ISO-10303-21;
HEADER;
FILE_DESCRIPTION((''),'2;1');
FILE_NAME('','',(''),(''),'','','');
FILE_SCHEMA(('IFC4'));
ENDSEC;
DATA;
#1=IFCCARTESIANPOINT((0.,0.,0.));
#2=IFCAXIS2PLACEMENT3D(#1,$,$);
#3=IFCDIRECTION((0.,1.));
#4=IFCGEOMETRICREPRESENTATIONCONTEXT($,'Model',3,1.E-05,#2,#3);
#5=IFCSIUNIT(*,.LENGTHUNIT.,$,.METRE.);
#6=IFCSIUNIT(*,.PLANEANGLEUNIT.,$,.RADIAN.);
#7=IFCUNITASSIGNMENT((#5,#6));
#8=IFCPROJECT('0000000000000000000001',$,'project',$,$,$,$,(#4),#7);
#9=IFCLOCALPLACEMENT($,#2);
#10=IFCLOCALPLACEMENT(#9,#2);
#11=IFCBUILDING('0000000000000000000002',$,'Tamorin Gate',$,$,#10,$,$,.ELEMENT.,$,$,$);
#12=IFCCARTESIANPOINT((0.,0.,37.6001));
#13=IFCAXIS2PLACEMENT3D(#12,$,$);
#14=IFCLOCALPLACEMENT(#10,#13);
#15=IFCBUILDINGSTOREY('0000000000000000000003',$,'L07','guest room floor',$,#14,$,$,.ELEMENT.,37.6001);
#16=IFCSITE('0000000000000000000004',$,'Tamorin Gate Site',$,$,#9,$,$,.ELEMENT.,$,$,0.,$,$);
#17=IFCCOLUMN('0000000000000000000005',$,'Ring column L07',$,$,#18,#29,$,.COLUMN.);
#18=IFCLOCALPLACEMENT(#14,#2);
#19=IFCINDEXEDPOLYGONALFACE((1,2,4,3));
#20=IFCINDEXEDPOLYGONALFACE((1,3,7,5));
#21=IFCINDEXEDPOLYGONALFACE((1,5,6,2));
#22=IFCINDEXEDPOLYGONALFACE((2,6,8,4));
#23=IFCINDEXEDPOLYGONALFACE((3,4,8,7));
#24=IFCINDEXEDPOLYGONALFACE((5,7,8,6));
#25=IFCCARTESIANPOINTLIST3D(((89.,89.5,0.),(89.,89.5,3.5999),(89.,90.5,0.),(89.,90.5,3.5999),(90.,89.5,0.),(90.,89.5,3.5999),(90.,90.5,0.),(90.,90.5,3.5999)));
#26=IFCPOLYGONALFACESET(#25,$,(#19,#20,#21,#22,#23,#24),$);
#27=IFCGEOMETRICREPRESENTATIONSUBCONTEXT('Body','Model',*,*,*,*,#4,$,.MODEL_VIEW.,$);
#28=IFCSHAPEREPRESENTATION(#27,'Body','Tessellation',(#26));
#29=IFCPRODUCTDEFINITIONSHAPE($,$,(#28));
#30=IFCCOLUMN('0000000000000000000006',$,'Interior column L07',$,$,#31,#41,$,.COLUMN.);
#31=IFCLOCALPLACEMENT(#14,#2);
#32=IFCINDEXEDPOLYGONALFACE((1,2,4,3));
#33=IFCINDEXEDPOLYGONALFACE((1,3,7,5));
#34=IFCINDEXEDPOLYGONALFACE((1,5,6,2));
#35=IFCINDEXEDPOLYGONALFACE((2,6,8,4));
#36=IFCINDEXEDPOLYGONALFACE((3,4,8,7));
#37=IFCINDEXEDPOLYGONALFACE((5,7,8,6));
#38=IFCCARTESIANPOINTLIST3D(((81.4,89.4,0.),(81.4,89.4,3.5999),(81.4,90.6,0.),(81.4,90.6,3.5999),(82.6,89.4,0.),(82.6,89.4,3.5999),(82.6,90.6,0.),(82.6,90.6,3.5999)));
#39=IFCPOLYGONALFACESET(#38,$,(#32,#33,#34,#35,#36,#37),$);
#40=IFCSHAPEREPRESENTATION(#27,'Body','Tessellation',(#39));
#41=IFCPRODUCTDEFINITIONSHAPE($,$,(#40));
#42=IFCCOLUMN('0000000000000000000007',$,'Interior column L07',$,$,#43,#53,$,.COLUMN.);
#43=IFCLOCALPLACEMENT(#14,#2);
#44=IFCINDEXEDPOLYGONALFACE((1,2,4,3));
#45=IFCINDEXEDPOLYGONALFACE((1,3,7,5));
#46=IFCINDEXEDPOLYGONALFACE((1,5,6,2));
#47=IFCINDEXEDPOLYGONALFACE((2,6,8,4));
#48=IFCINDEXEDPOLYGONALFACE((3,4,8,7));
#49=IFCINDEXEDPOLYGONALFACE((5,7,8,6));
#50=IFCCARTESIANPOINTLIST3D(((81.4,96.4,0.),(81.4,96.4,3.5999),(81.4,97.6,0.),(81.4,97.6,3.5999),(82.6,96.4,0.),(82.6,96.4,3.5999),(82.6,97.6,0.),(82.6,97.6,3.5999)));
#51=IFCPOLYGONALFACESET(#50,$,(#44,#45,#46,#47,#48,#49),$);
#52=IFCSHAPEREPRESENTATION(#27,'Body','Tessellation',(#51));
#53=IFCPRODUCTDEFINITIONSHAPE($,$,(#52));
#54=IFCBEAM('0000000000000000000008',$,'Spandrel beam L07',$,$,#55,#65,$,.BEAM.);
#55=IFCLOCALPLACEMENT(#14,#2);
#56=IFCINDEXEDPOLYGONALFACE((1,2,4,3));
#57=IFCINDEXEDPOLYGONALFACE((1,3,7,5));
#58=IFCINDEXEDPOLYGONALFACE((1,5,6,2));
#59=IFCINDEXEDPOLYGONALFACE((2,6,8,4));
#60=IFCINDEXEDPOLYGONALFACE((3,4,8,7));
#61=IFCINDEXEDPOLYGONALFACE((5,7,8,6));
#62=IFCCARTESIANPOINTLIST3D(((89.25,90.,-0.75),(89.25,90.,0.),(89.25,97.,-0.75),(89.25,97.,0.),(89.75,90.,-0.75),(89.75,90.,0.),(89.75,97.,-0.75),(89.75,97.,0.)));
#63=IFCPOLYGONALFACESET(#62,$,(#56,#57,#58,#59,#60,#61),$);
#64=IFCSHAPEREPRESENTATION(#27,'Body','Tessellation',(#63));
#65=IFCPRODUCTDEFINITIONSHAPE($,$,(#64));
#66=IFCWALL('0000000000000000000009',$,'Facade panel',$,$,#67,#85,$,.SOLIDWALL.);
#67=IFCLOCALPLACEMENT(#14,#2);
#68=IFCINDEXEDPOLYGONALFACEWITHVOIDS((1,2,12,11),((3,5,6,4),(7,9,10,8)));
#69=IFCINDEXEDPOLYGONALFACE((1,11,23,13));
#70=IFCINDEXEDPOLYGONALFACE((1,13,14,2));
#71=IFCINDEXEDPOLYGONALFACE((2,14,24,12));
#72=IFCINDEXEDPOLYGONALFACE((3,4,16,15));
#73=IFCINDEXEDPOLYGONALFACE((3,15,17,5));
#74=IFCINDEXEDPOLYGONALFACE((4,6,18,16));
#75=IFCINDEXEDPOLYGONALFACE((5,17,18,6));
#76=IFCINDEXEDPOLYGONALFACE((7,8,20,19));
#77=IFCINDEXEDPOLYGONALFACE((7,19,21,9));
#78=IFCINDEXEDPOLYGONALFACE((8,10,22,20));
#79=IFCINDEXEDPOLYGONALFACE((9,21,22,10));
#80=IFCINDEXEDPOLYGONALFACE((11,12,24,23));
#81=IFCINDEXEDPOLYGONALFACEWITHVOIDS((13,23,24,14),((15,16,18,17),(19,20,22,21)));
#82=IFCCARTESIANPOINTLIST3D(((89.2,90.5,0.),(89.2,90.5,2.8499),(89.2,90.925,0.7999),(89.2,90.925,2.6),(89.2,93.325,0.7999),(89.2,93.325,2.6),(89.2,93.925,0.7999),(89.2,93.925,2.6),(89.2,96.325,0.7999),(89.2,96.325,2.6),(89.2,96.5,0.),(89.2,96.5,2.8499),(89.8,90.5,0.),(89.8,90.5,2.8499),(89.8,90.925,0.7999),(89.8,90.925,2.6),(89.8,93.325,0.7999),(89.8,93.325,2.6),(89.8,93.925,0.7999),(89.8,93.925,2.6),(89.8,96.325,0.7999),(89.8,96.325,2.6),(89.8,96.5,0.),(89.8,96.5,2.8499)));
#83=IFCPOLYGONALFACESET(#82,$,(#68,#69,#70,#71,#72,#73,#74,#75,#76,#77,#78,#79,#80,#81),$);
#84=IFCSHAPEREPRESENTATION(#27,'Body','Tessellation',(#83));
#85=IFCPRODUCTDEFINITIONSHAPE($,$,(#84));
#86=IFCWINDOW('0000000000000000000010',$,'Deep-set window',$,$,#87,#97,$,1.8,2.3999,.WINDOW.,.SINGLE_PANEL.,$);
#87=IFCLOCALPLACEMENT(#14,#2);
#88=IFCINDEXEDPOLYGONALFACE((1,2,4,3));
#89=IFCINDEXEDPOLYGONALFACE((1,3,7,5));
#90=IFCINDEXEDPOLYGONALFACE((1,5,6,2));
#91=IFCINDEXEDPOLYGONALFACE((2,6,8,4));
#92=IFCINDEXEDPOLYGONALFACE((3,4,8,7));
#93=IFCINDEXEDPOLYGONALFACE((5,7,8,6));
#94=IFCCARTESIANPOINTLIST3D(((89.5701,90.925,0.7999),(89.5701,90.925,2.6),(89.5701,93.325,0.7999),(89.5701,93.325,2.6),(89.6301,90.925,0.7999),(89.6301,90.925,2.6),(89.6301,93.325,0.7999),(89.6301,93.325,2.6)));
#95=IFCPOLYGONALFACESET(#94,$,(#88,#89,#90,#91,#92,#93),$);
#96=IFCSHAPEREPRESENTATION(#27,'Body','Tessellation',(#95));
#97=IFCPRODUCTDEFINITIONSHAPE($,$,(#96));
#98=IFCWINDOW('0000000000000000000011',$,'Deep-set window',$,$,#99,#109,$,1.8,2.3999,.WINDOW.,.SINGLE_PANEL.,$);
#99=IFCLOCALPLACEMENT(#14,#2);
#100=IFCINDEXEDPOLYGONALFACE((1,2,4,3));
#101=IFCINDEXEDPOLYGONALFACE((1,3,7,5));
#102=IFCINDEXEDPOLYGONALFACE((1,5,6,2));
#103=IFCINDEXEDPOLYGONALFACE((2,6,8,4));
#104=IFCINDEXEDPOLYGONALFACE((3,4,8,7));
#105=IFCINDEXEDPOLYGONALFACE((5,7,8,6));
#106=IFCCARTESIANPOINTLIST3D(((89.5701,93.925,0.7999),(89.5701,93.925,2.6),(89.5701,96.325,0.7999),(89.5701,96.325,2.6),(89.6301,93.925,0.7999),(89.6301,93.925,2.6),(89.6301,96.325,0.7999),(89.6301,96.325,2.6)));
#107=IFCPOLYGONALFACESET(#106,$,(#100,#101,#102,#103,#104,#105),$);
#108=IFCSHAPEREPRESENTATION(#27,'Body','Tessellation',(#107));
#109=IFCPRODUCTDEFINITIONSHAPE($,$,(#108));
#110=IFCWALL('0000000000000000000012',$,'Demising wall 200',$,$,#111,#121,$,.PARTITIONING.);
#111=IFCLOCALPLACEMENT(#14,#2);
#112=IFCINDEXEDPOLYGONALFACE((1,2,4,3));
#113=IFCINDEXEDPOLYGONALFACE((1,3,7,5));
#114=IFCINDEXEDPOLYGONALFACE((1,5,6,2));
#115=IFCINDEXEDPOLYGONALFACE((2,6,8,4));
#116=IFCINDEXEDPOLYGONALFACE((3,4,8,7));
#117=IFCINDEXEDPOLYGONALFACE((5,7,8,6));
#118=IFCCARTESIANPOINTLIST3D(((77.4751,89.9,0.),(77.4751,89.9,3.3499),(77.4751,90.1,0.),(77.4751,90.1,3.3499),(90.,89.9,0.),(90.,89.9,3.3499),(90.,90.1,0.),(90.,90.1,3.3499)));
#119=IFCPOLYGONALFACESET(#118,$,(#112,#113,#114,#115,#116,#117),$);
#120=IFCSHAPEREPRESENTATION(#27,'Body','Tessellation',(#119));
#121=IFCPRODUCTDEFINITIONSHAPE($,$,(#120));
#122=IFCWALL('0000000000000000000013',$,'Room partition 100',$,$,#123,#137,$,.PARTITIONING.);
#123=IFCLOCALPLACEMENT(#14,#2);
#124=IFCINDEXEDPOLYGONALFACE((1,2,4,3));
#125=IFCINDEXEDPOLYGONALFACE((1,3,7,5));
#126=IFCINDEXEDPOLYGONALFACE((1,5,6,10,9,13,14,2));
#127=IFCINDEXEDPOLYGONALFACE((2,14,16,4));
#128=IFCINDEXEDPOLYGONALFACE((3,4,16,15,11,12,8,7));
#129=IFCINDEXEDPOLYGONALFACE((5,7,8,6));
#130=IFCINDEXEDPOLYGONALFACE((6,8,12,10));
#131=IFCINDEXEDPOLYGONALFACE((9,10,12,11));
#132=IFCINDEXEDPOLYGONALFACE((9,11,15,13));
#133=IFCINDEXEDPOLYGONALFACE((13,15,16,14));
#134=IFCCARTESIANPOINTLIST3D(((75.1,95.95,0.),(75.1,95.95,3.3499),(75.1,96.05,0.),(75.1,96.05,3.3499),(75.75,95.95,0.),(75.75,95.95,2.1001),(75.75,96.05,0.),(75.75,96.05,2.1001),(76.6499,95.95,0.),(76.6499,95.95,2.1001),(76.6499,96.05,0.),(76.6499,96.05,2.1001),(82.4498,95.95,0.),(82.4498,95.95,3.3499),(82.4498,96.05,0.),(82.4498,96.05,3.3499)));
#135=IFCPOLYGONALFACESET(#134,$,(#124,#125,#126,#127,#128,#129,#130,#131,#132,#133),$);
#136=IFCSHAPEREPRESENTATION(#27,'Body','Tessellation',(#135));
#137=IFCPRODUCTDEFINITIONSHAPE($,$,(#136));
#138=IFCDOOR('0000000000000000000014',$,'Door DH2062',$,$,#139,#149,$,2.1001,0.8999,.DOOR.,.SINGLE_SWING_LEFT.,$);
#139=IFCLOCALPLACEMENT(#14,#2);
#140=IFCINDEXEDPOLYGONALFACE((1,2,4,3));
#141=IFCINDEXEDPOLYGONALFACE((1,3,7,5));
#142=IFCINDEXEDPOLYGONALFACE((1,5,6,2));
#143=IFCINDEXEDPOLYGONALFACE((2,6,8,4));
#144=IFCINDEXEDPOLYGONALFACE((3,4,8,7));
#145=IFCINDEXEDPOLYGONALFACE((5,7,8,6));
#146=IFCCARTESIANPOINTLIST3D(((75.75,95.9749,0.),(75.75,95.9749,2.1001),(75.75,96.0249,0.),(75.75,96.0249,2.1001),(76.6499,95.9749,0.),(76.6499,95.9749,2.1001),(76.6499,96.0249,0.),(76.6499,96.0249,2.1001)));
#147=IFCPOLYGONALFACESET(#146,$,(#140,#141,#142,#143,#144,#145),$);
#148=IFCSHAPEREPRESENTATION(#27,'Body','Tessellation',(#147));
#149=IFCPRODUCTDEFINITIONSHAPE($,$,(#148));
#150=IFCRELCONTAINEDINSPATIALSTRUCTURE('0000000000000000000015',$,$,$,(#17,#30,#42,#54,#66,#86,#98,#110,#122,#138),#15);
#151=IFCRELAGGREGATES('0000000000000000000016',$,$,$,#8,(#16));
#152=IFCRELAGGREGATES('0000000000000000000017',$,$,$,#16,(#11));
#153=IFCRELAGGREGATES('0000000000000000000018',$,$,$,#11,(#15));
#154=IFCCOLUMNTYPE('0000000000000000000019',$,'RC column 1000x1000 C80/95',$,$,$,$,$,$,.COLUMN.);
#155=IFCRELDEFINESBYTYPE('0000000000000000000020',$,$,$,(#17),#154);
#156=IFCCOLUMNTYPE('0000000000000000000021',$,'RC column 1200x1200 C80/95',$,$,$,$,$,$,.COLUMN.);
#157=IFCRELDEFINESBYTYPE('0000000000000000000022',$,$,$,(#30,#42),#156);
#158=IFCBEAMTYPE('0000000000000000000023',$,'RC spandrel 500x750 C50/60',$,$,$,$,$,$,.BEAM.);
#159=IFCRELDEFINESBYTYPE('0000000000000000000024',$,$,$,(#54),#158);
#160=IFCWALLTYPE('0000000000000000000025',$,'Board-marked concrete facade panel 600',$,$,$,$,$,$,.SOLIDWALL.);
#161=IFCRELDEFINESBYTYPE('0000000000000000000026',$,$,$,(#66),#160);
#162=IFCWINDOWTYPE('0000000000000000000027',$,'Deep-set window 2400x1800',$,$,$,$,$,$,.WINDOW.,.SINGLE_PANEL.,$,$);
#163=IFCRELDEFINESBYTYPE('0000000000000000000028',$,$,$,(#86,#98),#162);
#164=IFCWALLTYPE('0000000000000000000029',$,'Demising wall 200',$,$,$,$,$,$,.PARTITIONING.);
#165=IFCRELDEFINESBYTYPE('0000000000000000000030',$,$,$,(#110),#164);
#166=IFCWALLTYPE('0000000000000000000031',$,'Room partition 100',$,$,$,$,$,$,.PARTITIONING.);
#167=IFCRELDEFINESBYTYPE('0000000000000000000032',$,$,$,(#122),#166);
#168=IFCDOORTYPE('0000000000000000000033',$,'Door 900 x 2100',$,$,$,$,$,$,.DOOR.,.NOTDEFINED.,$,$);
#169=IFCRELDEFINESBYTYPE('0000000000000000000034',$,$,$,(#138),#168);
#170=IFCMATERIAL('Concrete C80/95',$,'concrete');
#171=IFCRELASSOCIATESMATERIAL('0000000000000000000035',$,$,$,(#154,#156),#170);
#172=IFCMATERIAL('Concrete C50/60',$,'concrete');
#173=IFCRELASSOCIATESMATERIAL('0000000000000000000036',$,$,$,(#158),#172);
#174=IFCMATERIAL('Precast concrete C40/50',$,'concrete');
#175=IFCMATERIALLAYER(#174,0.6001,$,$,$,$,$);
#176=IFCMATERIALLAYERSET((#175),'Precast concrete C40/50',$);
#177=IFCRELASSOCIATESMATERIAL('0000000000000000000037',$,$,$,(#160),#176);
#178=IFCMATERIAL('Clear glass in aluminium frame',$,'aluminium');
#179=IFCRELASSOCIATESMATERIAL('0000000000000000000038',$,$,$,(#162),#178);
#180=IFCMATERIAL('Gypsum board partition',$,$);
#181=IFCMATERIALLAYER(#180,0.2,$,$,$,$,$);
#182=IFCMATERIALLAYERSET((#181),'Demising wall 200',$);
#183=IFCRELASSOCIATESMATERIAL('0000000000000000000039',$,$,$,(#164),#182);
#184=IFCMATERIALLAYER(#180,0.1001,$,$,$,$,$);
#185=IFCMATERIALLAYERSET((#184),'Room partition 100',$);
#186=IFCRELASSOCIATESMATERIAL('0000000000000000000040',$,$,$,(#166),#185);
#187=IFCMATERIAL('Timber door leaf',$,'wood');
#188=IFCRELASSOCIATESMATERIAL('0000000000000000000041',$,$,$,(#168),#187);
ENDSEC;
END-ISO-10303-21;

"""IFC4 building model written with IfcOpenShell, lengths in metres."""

from ifc_helpers import new_model, si_unit, direction, frame, frame_2d, origin, origin_2d, place, context, subcontext, project, spatial, rectangle, extrude, material, layer, layer_set, material_profile, profile_set, type_object, element, fill, save


model = new_model("IFC4")

# Units and contexts
model_context = context("Model", 3, precision=1e-05, world=origin(), true_north=direction((0.0, 1.0)))
body_context = subcontext(model_context, "Body", "Model", "MODEL_VIEW")
ifc_project = project(units=[si_unit("LENGTHUNIT", "METRE"), si_unit("PLANEANGLEUNIT", "RADIAN")], contexts=[model_context])

# Site, building, storey
site_placement = place(None, origin())
site = spatial("IfcSite", under=ifc_project, at=site_placement, Name="Tamorin Gate Site", CompositionType="ELEMENT", RefElevation=0.0)
building_placement = place(site_placement, origin())
building = spatial("IfcBuilding", under=site, at=building_placement, Name="Tamorin Gate", CompositionType="ELEMENT")
storey_placement = place(building_placement, frame((0.0, 0.0, 37.6001)))
storey = spatial("IfcBuildingStorey", under=building, at=storey_placement, Name="L07", Description="guest room floor", CompositionType="ELEMENT", Elevation=37.6001)

# Columns
ifc_material_1 = material(Name="Concrete C80/95", Category="concrete")
ifc_material_profile_1 = material_profile(ifc_material_1, rectangle(XDim=1.0, YDim=1.0, at=origin_2d()), Name="RC 1000x1000")
ifc_profile_set_1 = profile_set([ifc_material_profile_1], Name="Concrete C80/95")
column_type_1 = type_object("IfcColumnType", Name="RC column 1000x1000 C80/95", PredefinedType="COLUMN", material=ifc_profile_set_1)
column_placement = place(storey_placement, frame((89.5, 90.0, 0.0), z_axis=(0.0, 0.0, 1.0), x_axis=(1.0, 0.0, 0.0)))
element("IfcColumn", 1, at=column_placement, inside=storey, type_object=column_type_1, Name="Ring column L07", PredefinedType="COLUMN", context=body_context, shape_type="SweptSolid", body=[
    extrude(rectangle(XDim=1.0, YDim=1.0, at=origin_2d()), origin(), (0.0, 0.0, 1.0), 3.5999),
])
ifc_material_profile_2 = material_profile(ifc_material_1, rectangle(XDim=1.2, YDim=1.2, at=origin_2d()), Name="RC 1200x1200")
ifc_profile_set_2 = profile_set([ifc_material_profile_2], Name="Concrete C80/95")
column_type_2 = type_object("IfcColumnType", Name="RC column 1200x1200 C80/95", PredefinedType="COLUMN", material=ifc_profile_set_2)
for number, where, z_axis, x_axis, name in (
    (2, (82.0, 90.0, 0.0), (0.0, 0.0, 1.0), (1.0, 0.0, 0.0), "Interior column L07"),
    (3, (82.0, 97.0, 0.0), (0.0, 0.0, 1.0), (1.0, 0.0, 0.0), "Interior column L07"),
):
    element("IfcColumn", number, at=place(storey_placement, frame(where, z_axis=z_axis, x_axis=x_axis)), inside=storey, type_object=column_type_2, Name=name, PredefinedType="COLUMN", context=body_context, shape_type="SweptSolid", body=[
        extrude(rectangle(XDim=1.2, YDim=1.2, at=origin_2d()), origin(), (0.0, 0.0, 1.0), 3.5999),
    ])

# Beam
ifc_material_2 = material(Name="Concrete C50/60", Category="concrete")
ifc_material_profile_3 = material_profile(ifc_material_2, rectangle(XDim=0.5, YDim=0.75, at=origin_2d()), Name="RC 500x750")
ifc_profile_set_3 = profile_set([ifc_material_profile_3], Name="Concrete C50/60")
beam_type = type_object("IfcBeamType", Name="RC spandrel 500x750 C50/60", PredefinedType="BEAM", material=ifc_profile_set_3)
beam_placement = place(storey_placement, frame((89.5, 90.0, -0.375), z_axis=(0.0, 1.0, 0.0), x_axis=(-1.0, 0.0, 0.0)))
element("IfcBeam", 4, at=beam_placement, inside=storey, type_object=beam_type, Name="Spandrel beam L07", PredefinedType="BEAM", context=body_context, shape_type="SweptSolid", body=[
    extrude(rectangle(XDim=0.5, YDim=0.75, at=origin_2d()), origin(), (0.0, 0.0, 1.0), 7.0),
])

# Wall, openings, windows
ifc_material_3 = material(Name="Precast concrete C40/50", Category="concrete")
ifc_layer_1 = layer(ifc_material_3, 0.6001)
ifc_layer_set_1 = layer_set([ifc_layer_1], Name="Precast concrete C40/50")
wall_type_1 = type_object("IfcWallType", Name="Board-marked concrete facade panel 600", PredefinedType="SOLIDWALL", material=ifc_layer_set_1)
wall_1_placement = place(storey_placement, frame((89.5, 90.5, 0.0), z_axis=(0.0, 0.0, 1.0), x_axis=(0.0, 1.0, 0.0)))
wall_1 = element("IfcWall", 5, at=wall_1_placement, inside=storey, type_object=wall_type_1, Name="Facade panel", PredefinedType="SOLIDWALL", context=body_context, shape_type="SweptSolid", body=[
    extrude(rectangle(XDim=6.0, YDim=0.6001, at=frame_2d((3.0, 0.0))), origin(), (0.0, 0.0, 1.0), 2.8499),
])
opening_1_placement = place(wall_1_placement, frame((0.425, 0.0, 0.8)))
opening_1 = element("IfcOpeningElement", 6, at=opening_1_placement, cuts=wall_1, PredefinedType="OPENING", context=body_context, shape_type="SweptSolid", body=[
    extrude(rectangle(XDim=2.3999, YDim=1.8, at=frame_2d((1.2, 0.8999))), frame((0.0, 0.3101, 0.0), z_axis=(0.0, -1.0, 0.0), x_axis=(1.0, 0.0, 0.0)), (0.0, 0.0, 1.0), 0.6201),
])
opening_2_placement = place(wall_1_placement, frame((3.425, 0.0, 0.8)))
opening_2 = element("IfcOpeningElement", 7, at=opening_2_placement, cuts=wall_1, PredefinedType="OPENING", context=body_context, shape_type="SweptSolid", body=[
    extrude(rectangle(XDim=2.3999, YDim=1.8, at=frame_2d((1.2, 0.8999))), frame((0.0, 0.3101, 0.0), z_axis=(0.0, -1.0, 0.0), x_axis=(1.0, 0.0, 0.0)), (0.0, 0.0, 1.0), 0.6201),
])
ifc_material_4 = material(Name="Clear glass in aluminium frame", Category="aluminium")
window_type = type_object("IfcWindowType", Name="Deep-set window 2400x1800", PartitioningType="SINGLE_PANEL", PredefinedType="WINDOW", material=ifc_material_4)
window_1_placement = place(opening_1_placement, origin())
window_1 = element("IfcWindow", 8, at=window_1_placement, inside=storey, type_object=window_type, Name="Deep-set window", OverallHeight=1.8, OverallWidth=2.3999, PartitioningType="SINGLE_PANEL", PredefinedType="WINDOW", context=body_context, shape_type="SweptSolid", body=[
    extrude(rectangle(XDim=2.3999, YDim=1.8, at=frame_2d((1.2, 0.8999))), frame((0.0, -0.0701, 0.0), z_axis=(0.0, -1.0, 0.0), x_axis=(1.0, 0.0, 0.0)), (0.0, 0.0, 1.0), 0.0601),
])
fill(opening_1, window_1)
window_2_placement = place(opening_2_placement, origin())
window_2 = element("IfcWindow", 9, at=window_2_placement, inside=storey, type_object=window_type, Name="Deep-set window", OverallHeight=1.8, OverallWidth=2.3999, PartitioningType="SINGLE_PANEL", PredefinedType="WINDOW", context=body_context, shape_type="SweptSolid", body=[
    extrude(rectangle(XDim=2.3999, YDim=1.8, at=frame_2d((1.2, 0.8999))), frame((0.0, -0.0701, 0.0), z_axis=(0.0, -1.0, 0.0), x_axis=(1.0, 0.0, 0.0)), (0.0, 0.0, 1.0), 0.0601),
])
fill(opening_2, window_2)

# Wall
ifc_material_5 = material(Name="Gypsum board partition")
ifc_layer_2 = layer(ifc_material_5, 0.2)
ifc_layer_set_2 = layer_set([ifc_layer_2], Name="Demising wall 200")
wall_type_2 = type_object("IfcWallType", Name="Demising wall 200", PredefinedType="PARTITIONING", material=ifc_layer_set_2)
wall_2_placement = place(storey_placement, frame((77.4751, 90.0, 0.0), z_axis=(0.0, 0.0, 1.0), x_axis=(1.0, 0.0, 0.0)))
element("IfcWall", 10, at=wall_2_placement, inside=storey, type_object=wall_type_2, Name="Demising wall 200", PredefinedType="PARTITIONING", context=body_context, shape_type="SweptSolid", body=[
    extrude(rectangle(XDim=12.5249, YDim=0.2, at=frame_2d((6.2625, 0.0))), origin(), (0.0, 0.0, 1.0), 3.3499),
])

# Wall, opening, door
ifc_layer_3 = layer(ifc_material_5, 0.1001)
ifc_layer_set_3 = layer_set([ifc_layer_3], Name="Room partition 100")
wall_type_3 = type_object("IfcWallType", Name="Room partition 100", PredefinedType="PARTITIONING", material=ifc_layer_set_3)
wall_3_placement = place(storey_placement, frame((75.1001, 96.0, 0.0), z_axis=(0.0, 0.0, 1.0), x_axis=(1.0, 0.0, 0.0)))
wall_3 = element("IfcWall", 11, at=wall_3_placement, inside=storey, type_object=wall_type_3, Name="Room partition 100", PredefinedType="PARTITIONING", context=body_context, shape_type="SweptSolid", body=[
    extrude(rectangle(XDim=7.3499, YDim=0.1001, at=frame_2d((3.6748, 0.0))), origin(), (0.0, 0.0, 1.0), 3.3499),
])
opening_3_placement = place(wall_3_placement, frame((0.6499, 0.0, 0.0)))
opening_3 = element("IfcOpeningElement", 12, at=opening_3_placement, cuts=wall_3, PredefinedType="OPENING", context=body_context, shape_type="SweptSolid", body=[
    extrude(rectangle(XDim=0.8999, YDim=2.1001, at=frame_2d((0.45, 1.05))), frame((0.0, 0.0601, 0.0), z_axis=(0.0, -1.0, 0.0), x_axis=(1.0, 0.0, 0.0)), (0.0, 0.0, 1.0), 0.1201),
])
ifc_material_6 = material(Name="Timber door leaf", Category="wood")
door_type = type_object("IfcDoorType", Name="Door 900 x 2100", OperationType="NOTDEFINED", PredefinedType="DOOR", material=ifc_material_6)
door_1_placement = place(opening_3_placement, origin())
door_1 = element("IfcDoor", 13, at=door_1_placement, inside=storey, type_object=door_type, Name="Door DH2062", OperationType="SINGLE_SWING_LEFT", OverallHeight=2.1001, OverallWidth=0.8999, PredefinedType="DOOR", context=body_context, shape_type="SweptSolid", body=[
    extrude(rectangle(XDim=0.8999, YDim=2.1001, at=frame_2d((0.45, 1.05))), frame((0.0, 0.0249, 0.0), z_axis=(0.0, -1.0, 0.0), x_axis=(1.0, 0.0, 0.0)), (0.0, 0.0, 1.0), 0.05),
])
fill(opening_3, door_1)

save(model, "model.ifc")
